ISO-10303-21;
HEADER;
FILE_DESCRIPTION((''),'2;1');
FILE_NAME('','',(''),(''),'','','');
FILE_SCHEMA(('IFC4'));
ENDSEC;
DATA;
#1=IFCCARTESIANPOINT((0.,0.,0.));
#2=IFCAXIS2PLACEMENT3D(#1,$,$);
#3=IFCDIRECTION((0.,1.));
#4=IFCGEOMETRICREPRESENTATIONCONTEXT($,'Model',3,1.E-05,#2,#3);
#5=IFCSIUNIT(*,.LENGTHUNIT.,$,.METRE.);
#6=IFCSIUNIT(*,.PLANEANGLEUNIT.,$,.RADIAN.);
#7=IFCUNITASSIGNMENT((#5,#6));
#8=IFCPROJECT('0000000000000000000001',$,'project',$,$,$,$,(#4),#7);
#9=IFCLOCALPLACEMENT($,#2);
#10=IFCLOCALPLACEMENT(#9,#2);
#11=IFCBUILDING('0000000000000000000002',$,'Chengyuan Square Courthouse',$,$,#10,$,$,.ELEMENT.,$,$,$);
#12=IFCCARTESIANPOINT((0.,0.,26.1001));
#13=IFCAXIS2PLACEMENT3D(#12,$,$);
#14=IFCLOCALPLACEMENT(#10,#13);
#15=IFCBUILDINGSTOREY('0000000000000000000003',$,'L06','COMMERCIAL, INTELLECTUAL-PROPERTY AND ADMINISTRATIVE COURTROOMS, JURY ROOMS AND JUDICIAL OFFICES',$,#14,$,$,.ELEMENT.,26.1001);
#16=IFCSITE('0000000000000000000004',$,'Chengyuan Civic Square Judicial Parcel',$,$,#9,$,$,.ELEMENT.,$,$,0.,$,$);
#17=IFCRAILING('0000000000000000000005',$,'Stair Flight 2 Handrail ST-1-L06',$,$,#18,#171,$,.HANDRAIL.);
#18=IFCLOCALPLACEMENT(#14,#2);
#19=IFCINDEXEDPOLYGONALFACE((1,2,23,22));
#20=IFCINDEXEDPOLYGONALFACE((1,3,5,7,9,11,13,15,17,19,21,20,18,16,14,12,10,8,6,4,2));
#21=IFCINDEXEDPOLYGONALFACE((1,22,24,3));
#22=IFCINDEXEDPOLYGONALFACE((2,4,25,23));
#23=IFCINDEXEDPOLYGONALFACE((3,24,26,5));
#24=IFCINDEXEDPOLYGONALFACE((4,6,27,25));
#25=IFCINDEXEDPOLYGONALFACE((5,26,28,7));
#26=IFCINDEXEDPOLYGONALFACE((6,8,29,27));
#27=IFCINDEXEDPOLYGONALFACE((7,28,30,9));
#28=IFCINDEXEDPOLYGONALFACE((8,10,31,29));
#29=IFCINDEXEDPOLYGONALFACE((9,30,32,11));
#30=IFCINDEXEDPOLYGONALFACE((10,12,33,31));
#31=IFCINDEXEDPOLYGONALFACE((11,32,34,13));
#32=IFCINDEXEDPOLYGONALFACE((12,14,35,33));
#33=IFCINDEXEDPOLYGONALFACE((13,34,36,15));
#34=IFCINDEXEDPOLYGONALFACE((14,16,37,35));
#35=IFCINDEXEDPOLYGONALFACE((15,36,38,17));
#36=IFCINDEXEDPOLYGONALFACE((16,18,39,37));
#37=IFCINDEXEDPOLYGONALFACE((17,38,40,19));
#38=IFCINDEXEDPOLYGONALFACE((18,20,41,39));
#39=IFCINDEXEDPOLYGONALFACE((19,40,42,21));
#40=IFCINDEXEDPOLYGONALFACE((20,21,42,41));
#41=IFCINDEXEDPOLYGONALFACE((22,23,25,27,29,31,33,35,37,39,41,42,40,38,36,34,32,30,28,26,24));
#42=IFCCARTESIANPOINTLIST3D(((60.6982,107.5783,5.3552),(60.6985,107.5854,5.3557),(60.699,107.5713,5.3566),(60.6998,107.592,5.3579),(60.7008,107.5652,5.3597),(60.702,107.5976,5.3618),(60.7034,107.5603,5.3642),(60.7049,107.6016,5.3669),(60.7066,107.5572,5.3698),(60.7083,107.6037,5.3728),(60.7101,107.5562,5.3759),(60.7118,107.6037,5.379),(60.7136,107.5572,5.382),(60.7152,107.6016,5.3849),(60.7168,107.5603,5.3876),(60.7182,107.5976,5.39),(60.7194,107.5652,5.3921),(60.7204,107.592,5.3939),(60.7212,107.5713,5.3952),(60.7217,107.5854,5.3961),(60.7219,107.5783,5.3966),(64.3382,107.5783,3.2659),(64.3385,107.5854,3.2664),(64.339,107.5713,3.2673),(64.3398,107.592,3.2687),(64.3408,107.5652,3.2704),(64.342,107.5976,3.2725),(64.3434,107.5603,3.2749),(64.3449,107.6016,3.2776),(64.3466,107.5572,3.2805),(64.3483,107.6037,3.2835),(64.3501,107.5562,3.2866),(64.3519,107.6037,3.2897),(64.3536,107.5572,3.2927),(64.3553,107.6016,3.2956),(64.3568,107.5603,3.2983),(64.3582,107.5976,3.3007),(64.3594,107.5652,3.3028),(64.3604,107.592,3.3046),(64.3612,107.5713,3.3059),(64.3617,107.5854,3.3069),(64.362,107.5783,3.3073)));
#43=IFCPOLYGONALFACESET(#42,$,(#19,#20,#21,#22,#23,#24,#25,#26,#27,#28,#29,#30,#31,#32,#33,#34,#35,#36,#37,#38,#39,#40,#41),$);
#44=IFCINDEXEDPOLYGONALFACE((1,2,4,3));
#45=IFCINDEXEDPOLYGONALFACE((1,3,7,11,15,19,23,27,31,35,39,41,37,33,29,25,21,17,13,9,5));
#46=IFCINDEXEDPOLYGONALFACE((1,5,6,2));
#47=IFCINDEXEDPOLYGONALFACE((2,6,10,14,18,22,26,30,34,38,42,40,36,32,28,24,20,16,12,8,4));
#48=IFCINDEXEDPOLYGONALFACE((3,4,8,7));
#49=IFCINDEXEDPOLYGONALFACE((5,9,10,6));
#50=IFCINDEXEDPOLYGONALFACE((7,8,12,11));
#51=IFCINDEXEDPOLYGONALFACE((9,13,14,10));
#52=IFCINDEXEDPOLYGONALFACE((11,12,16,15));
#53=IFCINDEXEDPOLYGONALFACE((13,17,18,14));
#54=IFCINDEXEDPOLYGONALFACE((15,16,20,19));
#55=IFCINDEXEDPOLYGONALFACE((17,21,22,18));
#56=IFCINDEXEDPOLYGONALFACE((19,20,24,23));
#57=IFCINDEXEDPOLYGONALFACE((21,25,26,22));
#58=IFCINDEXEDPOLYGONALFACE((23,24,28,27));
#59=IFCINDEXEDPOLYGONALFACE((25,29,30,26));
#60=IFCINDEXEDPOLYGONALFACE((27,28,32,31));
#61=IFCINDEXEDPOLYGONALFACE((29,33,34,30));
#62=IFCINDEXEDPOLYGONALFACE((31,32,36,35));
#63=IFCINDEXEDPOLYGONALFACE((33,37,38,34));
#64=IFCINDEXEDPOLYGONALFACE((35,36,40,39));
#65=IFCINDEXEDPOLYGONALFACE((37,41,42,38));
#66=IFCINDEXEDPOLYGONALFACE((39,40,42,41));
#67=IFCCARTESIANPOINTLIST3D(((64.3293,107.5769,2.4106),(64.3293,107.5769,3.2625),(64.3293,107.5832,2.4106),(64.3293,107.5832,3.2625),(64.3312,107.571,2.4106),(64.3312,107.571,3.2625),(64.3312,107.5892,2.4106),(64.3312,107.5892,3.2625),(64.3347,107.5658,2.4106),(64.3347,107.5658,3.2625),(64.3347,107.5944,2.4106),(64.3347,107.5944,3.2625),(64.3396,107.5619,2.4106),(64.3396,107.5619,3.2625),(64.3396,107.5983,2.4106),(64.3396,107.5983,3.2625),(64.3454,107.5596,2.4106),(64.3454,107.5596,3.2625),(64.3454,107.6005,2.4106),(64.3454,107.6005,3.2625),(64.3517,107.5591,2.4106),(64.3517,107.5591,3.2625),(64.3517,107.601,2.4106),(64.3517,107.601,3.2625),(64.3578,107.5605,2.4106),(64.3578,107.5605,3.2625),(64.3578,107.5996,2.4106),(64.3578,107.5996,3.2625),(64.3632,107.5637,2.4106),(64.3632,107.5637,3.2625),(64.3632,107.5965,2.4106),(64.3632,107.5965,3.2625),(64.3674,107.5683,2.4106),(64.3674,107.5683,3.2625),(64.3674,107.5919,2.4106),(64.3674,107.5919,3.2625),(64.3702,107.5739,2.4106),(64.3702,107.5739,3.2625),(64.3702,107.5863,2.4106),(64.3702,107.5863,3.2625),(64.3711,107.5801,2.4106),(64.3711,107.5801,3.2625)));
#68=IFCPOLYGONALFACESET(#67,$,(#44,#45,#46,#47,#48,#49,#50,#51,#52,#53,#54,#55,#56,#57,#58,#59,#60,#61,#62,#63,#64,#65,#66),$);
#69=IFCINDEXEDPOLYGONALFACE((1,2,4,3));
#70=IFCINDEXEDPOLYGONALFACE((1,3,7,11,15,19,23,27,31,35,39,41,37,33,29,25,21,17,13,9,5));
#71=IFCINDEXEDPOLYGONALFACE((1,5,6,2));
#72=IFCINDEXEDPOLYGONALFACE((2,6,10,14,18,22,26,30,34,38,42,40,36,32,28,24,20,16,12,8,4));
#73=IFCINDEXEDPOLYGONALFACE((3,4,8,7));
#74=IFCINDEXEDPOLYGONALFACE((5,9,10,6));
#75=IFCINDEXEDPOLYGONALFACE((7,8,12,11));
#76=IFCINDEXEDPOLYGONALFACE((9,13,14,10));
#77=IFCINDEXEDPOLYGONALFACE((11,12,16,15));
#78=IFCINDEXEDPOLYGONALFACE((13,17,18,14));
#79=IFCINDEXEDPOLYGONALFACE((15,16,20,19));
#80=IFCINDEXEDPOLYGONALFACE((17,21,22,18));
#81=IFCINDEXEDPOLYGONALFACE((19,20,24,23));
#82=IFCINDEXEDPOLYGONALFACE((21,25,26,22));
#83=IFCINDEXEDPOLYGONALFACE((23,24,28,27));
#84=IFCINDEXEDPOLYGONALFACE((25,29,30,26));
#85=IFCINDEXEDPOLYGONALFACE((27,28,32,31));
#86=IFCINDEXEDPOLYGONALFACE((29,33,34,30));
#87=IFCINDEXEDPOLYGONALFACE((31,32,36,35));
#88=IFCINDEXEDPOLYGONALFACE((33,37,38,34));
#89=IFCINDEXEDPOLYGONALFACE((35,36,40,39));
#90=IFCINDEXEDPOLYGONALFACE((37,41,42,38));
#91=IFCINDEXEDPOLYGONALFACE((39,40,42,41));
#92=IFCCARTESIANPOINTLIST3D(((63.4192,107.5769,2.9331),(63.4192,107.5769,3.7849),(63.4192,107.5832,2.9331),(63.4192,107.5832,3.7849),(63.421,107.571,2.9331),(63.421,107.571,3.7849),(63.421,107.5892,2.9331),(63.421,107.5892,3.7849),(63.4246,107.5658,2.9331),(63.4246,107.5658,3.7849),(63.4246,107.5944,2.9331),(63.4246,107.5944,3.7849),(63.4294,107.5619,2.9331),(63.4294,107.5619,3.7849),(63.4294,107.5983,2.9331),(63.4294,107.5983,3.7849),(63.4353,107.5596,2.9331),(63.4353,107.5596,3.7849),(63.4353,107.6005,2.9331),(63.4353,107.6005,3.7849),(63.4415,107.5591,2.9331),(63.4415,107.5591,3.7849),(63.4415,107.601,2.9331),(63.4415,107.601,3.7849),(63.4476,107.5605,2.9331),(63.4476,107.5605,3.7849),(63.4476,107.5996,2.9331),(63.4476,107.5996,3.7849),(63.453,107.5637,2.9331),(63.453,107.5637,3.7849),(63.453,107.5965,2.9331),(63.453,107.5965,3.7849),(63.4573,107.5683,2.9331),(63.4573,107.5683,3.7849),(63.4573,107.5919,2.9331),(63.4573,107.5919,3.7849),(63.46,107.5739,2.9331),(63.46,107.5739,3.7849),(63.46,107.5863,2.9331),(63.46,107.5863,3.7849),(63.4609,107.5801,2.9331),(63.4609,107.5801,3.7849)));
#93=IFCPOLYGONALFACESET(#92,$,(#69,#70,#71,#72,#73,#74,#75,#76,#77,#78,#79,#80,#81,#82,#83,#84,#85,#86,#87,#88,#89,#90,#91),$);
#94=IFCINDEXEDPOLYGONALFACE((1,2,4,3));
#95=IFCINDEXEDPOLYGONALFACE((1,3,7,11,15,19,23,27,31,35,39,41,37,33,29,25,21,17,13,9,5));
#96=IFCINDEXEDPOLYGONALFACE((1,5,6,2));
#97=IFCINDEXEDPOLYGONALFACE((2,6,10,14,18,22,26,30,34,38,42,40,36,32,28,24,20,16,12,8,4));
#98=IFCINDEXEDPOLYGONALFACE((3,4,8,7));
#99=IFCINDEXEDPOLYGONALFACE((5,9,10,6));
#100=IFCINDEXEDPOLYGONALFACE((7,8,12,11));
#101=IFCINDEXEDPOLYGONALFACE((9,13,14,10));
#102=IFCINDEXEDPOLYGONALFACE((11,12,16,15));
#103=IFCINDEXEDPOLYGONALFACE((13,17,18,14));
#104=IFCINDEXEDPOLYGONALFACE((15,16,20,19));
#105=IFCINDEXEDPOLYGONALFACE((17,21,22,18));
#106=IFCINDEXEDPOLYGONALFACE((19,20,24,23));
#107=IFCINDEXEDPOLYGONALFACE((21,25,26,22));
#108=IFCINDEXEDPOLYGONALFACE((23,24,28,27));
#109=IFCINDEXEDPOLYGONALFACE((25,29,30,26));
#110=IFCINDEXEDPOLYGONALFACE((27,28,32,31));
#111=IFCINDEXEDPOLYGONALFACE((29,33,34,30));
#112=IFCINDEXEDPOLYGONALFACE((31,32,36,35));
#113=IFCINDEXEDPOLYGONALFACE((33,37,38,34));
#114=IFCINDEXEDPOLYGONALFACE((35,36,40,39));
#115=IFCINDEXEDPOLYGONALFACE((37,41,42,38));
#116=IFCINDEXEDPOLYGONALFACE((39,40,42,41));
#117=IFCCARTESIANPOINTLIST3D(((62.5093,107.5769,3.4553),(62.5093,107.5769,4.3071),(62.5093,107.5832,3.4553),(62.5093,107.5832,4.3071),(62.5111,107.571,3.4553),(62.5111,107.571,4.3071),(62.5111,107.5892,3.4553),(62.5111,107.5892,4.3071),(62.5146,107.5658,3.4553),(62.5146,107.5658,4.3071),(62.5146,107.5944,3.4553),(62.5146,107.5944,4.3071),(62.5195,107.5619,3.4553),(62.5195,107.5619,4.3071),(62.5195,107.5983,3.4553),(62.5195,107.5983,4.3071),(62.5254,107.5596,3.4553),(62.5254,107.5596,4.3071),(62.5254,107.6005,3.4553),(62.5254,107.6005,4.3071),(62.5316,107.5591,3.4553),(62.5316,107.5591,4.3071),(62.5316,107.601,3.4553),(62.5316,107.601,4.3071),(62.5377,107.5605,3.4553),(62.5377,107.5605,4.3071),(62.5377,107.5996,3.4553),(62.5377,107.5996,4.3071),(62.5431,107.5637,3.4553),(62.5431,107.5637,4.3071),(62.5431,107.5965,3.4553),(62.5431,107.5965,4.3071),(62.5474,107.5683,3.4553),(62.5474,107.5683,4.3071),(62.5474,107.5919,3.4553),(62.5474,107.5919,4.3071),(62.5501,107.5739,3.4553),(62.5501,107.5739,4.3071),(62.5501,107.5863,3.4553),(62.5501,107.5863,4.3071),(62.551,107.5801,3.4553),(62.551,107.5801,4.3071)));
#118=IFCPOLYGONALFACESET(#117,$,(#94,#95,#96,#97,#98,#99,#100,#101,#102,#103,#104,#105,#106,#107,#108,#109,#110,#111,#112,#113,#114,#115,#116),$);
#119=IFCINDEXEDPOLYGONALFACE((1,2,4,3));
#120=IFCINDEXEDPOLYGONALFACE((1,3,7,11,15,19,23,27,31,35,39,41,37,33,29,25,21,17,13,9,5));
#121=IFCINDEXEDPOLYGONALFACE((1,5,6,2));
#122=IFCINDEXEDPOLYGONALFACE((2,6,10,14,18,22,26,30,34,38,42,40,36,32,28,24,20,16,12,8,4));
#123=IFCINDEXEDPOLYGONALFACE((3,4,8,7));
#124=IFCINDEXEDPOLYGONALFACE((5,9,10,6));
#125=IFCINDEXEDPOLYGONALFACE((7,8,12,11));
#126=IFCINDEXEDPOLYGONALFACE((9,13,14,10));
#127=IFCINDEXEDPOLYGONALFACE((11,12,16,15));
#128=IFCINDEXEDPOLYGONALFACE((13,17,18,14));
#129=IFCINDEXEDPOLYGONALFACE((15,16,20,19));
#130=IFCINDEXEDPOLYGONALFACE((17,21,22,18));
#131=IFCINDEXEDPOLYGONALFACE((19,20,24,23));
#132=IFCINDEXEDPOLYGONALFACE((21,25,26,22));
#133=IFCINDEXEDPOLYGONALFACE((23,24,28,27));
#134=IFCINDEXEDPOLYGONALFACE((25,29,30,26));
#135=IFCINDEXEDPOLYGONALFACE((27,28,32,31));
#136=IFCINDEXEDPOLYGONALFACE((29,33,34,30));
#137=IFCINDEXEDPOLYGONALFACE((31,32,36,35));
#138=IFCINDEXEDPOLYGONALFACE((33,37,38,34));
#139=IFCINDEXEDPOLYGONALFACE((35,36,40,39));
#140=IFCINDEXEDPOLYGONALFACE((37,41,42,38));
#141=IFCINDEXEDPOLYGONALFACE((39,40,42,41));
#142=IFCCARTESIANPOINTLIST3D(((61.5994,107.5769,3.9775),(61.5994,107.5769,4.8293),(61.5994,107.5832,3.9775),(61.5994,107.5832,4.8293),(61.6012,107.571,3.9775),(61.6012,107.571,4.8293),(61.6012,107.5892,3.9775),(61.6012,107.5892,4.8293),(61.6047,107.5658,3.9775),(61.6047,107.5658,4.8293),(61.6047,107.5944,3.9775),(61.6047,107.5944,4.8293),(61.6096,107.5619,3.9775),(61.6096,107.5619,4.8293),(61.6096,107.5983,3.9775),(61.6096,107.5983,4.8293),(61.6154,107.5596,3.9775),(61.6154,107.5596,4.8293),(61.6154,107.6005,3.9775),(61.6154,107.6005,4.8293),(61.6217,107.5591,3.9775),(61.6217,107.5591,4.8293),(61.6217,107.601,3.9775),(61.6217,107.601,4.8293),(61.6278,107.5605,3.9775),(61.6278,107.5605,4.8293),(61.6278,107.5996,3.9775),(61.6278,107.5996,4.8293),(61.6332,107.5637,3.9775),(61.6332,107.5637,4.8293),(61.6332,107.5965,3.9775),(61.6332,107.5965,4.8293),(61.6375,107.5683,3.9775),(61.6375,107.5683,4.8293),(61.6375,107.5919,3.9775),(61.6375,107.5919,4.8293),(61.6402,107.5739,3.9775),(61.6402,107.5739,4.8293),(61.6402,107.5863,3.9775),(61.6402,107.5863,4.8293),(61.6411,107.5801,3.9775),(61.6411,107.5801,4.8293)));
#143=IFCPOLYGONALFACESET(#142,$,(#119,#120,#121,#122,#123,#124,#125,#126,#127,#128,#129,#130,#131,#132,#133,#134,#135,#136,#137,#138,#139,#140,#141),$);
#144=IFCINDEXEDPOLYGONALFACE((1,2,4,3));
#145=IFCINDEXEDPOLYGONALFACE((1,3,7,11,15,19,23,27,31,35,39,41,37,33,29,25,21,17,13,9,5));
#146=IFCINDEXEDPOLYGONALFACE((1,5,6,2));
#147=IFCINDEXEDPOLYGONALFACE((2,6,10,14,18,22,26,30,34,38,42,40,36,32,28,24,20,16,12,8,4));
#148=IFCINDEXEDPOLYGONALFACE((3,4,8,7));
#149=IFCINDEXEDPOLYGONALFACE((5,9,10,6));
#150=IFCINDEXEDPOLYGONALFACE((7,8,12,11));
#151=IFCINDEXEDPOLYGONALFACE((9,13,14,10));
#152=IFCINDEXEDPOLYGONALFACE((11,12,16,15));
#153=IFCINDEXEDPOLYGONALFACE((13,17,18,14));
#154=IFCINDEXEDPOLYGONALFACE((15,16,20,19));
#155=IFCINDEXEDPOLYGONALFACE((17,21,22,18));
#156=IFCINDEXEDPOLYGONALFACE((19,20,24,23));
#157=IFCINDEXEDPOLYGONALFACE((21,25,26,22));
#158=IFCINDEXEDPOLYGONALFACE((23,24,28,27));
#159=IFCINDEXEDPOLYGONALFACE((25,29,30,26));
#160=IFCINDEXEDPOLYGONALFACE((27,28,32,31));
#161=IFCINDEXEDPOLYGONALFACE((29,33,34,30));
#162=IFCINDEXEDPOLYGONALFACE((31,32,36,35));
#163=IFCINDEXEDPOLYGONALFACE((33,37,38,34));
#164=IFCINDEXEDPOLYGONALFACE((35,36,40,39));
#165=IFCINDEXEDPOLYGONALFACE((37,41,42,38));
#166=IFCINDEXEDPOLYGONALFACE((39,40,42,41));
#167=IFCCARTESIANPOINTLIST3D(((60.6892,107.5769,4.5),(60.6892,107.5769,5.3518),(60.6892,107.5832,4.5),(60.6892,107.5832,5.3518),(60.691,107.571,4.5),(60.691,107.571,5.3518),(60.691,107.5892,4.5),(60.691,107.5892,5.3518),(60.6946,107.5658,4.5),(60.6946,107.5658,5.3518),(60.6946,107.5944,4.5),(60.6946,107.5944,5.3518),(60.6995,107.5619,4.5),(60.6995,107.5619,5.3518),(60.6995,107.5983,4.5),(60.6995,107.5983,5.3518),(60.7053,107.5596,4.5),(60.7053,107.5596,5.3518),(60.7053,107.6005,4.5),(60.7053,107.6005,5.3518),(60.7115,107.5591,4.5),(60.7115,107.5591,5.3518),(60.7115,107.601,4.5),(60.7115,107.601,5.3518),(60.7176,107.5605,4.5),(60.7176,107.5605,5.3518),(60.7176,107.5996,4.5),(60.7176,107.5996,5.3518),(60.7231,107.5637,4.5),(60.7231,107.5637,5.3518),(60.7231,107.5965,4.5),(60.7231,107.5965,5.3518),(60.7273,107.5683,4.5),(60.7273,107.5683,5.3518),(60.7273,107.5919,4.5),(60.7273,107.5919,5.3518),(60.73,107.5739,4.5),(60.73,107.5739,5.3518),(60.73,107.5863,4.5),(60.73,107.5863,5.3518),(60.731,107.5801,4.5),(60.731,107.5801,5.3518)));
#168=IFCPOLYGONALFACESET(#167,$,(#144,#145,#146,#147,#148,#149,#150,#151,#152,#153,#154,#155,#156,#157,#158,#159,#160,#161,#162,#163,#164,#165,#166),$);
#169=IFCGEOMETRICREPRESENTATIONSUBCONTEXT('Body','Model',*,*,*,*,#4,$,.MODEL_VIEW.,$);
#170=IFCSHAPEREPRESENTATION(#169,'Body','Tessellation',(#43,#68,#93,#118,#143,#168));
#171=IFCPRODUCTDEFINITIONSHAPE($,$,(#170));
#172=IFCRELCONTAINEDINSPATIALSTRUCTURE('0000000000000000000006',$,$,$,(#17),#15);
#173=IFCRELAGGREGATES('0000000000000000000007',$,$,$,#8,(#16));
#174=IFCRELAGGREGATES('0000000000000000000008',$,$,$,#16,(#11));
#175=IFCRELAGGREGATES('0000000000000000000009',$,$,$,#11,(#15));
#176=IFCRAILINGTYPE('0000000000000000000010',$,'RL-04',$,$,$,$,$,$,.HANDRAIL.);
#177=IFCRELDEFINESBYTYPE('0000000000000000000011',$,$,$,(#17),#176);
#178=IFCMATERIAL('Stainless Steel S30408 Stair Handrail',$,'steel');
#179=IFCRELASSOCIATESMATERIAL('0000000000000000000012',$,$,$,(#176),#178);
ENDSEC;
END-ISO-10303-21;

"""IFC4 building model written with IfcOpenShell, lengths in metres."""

from ifc_helpers import new_model, si_unit, direction, frame, origin, origin_2d, place, context, subcontext, project, spatial, circle, extrude, material, type_object, element, save


model = new_model("IFC4")

# Units and contexts
model_context = context("Model", 3, precision=1e-05, world=origin(), true_north=direction((0.0, 1.0)))
body_context = subcontext(model_context, "Body", "Model", "MODEL_VIEW")
ifc_project = project(units=[si_unit("LENGTHUNIT", "METRE"), si_unit("PLANEANGLEUNIT", "RADIAN")], contexts=[model_context])

# Site, building, storey
site_placement = place(None, origin())
site = spatial("IfcSite", under=ifc_project, at=site_placement, Name="Chengyuan Civic Square Judicial Parcel", CompositionType="ELEMENT", RefElevation=0.0)
building_placement = place(site_placement, origin())
building = spatial("IfcBuilding", under=site, at=building_placement, Name="Chengyuan Square Courthouse", CompositionType="ELEMENT")
storey_placement = place(building_placement, frame((0.0, 0.0, 26.1001)))
storey = spatial("IfcBuildingStorey", under=building, at=storey_placement, Name="L06", Description="COMMERCIAL, INTELLECTUAL-PROPERTY AND ADMINISTRATIVE COURTROOMS, JURY ROOMS AND JUDICIAL OFFICES", CompositionType="ELEMENT", Elevation=26.1001)

# Railing
ifc_material_1 = material(Name="Stainless Steel S30408 Stair Handrail", Category="steel")
railing_type_1 = type_object("IfcRailingType", Name="RL-04", PredefinedType="HANDRAIL", material=ifc_material_1)
railing_1_placement = place(storey_placement, frame((64.3501, 107.5801, 2.4106)))
element("IfcRailing", 1, at=railing_1_placement, inside=storey, type_object=railing_type_1, Name="Stair Flight 2 Handrail ST-1-L06", PredefinedType="HANDRAIL", context=body_context, shape_type="SweptSolid", body=[
    extrude(circle(Radius=0.0239, at=origin_2d()), frame((0.0, 0.0, 0.876), z_axis=(-0.867289, 0.0, 0.497804), x_axis=(0.0, -1.0, 0.0)), (0.0, 0.0, 1.0), 4.197),
    extrude(circle(Radius=0.021, at=origin_2d()), origin(), (0.0, 0.0, 1.0), 0.8518),
    extrude(circle(Radius=0.021, at=origin_2d()), frame((-0.9102, 0.0, 0.5225)), (0.0, 0.0, 1.0), 0.8518),
    extrude(circle(Radius=0.021, at=origin_2d()), frame((-1.8201, 0.0, 1.0447)), (0.0, 0.0, 1.0), 0.8518),
    extrude(circle(Radius=0.021, at=origin_2d()), frame((-2.73, 0.0, 1.5669)), (0.0, 0.0, 1.0), 0.8518),
    extrude(circle(Radius=0.021, at=origin_2d()), frame((-3.6401, 0.0, 2.0894)), (0.0, 0.0, 1.0), 0.8518),
])

save(model, "model.ifc")
